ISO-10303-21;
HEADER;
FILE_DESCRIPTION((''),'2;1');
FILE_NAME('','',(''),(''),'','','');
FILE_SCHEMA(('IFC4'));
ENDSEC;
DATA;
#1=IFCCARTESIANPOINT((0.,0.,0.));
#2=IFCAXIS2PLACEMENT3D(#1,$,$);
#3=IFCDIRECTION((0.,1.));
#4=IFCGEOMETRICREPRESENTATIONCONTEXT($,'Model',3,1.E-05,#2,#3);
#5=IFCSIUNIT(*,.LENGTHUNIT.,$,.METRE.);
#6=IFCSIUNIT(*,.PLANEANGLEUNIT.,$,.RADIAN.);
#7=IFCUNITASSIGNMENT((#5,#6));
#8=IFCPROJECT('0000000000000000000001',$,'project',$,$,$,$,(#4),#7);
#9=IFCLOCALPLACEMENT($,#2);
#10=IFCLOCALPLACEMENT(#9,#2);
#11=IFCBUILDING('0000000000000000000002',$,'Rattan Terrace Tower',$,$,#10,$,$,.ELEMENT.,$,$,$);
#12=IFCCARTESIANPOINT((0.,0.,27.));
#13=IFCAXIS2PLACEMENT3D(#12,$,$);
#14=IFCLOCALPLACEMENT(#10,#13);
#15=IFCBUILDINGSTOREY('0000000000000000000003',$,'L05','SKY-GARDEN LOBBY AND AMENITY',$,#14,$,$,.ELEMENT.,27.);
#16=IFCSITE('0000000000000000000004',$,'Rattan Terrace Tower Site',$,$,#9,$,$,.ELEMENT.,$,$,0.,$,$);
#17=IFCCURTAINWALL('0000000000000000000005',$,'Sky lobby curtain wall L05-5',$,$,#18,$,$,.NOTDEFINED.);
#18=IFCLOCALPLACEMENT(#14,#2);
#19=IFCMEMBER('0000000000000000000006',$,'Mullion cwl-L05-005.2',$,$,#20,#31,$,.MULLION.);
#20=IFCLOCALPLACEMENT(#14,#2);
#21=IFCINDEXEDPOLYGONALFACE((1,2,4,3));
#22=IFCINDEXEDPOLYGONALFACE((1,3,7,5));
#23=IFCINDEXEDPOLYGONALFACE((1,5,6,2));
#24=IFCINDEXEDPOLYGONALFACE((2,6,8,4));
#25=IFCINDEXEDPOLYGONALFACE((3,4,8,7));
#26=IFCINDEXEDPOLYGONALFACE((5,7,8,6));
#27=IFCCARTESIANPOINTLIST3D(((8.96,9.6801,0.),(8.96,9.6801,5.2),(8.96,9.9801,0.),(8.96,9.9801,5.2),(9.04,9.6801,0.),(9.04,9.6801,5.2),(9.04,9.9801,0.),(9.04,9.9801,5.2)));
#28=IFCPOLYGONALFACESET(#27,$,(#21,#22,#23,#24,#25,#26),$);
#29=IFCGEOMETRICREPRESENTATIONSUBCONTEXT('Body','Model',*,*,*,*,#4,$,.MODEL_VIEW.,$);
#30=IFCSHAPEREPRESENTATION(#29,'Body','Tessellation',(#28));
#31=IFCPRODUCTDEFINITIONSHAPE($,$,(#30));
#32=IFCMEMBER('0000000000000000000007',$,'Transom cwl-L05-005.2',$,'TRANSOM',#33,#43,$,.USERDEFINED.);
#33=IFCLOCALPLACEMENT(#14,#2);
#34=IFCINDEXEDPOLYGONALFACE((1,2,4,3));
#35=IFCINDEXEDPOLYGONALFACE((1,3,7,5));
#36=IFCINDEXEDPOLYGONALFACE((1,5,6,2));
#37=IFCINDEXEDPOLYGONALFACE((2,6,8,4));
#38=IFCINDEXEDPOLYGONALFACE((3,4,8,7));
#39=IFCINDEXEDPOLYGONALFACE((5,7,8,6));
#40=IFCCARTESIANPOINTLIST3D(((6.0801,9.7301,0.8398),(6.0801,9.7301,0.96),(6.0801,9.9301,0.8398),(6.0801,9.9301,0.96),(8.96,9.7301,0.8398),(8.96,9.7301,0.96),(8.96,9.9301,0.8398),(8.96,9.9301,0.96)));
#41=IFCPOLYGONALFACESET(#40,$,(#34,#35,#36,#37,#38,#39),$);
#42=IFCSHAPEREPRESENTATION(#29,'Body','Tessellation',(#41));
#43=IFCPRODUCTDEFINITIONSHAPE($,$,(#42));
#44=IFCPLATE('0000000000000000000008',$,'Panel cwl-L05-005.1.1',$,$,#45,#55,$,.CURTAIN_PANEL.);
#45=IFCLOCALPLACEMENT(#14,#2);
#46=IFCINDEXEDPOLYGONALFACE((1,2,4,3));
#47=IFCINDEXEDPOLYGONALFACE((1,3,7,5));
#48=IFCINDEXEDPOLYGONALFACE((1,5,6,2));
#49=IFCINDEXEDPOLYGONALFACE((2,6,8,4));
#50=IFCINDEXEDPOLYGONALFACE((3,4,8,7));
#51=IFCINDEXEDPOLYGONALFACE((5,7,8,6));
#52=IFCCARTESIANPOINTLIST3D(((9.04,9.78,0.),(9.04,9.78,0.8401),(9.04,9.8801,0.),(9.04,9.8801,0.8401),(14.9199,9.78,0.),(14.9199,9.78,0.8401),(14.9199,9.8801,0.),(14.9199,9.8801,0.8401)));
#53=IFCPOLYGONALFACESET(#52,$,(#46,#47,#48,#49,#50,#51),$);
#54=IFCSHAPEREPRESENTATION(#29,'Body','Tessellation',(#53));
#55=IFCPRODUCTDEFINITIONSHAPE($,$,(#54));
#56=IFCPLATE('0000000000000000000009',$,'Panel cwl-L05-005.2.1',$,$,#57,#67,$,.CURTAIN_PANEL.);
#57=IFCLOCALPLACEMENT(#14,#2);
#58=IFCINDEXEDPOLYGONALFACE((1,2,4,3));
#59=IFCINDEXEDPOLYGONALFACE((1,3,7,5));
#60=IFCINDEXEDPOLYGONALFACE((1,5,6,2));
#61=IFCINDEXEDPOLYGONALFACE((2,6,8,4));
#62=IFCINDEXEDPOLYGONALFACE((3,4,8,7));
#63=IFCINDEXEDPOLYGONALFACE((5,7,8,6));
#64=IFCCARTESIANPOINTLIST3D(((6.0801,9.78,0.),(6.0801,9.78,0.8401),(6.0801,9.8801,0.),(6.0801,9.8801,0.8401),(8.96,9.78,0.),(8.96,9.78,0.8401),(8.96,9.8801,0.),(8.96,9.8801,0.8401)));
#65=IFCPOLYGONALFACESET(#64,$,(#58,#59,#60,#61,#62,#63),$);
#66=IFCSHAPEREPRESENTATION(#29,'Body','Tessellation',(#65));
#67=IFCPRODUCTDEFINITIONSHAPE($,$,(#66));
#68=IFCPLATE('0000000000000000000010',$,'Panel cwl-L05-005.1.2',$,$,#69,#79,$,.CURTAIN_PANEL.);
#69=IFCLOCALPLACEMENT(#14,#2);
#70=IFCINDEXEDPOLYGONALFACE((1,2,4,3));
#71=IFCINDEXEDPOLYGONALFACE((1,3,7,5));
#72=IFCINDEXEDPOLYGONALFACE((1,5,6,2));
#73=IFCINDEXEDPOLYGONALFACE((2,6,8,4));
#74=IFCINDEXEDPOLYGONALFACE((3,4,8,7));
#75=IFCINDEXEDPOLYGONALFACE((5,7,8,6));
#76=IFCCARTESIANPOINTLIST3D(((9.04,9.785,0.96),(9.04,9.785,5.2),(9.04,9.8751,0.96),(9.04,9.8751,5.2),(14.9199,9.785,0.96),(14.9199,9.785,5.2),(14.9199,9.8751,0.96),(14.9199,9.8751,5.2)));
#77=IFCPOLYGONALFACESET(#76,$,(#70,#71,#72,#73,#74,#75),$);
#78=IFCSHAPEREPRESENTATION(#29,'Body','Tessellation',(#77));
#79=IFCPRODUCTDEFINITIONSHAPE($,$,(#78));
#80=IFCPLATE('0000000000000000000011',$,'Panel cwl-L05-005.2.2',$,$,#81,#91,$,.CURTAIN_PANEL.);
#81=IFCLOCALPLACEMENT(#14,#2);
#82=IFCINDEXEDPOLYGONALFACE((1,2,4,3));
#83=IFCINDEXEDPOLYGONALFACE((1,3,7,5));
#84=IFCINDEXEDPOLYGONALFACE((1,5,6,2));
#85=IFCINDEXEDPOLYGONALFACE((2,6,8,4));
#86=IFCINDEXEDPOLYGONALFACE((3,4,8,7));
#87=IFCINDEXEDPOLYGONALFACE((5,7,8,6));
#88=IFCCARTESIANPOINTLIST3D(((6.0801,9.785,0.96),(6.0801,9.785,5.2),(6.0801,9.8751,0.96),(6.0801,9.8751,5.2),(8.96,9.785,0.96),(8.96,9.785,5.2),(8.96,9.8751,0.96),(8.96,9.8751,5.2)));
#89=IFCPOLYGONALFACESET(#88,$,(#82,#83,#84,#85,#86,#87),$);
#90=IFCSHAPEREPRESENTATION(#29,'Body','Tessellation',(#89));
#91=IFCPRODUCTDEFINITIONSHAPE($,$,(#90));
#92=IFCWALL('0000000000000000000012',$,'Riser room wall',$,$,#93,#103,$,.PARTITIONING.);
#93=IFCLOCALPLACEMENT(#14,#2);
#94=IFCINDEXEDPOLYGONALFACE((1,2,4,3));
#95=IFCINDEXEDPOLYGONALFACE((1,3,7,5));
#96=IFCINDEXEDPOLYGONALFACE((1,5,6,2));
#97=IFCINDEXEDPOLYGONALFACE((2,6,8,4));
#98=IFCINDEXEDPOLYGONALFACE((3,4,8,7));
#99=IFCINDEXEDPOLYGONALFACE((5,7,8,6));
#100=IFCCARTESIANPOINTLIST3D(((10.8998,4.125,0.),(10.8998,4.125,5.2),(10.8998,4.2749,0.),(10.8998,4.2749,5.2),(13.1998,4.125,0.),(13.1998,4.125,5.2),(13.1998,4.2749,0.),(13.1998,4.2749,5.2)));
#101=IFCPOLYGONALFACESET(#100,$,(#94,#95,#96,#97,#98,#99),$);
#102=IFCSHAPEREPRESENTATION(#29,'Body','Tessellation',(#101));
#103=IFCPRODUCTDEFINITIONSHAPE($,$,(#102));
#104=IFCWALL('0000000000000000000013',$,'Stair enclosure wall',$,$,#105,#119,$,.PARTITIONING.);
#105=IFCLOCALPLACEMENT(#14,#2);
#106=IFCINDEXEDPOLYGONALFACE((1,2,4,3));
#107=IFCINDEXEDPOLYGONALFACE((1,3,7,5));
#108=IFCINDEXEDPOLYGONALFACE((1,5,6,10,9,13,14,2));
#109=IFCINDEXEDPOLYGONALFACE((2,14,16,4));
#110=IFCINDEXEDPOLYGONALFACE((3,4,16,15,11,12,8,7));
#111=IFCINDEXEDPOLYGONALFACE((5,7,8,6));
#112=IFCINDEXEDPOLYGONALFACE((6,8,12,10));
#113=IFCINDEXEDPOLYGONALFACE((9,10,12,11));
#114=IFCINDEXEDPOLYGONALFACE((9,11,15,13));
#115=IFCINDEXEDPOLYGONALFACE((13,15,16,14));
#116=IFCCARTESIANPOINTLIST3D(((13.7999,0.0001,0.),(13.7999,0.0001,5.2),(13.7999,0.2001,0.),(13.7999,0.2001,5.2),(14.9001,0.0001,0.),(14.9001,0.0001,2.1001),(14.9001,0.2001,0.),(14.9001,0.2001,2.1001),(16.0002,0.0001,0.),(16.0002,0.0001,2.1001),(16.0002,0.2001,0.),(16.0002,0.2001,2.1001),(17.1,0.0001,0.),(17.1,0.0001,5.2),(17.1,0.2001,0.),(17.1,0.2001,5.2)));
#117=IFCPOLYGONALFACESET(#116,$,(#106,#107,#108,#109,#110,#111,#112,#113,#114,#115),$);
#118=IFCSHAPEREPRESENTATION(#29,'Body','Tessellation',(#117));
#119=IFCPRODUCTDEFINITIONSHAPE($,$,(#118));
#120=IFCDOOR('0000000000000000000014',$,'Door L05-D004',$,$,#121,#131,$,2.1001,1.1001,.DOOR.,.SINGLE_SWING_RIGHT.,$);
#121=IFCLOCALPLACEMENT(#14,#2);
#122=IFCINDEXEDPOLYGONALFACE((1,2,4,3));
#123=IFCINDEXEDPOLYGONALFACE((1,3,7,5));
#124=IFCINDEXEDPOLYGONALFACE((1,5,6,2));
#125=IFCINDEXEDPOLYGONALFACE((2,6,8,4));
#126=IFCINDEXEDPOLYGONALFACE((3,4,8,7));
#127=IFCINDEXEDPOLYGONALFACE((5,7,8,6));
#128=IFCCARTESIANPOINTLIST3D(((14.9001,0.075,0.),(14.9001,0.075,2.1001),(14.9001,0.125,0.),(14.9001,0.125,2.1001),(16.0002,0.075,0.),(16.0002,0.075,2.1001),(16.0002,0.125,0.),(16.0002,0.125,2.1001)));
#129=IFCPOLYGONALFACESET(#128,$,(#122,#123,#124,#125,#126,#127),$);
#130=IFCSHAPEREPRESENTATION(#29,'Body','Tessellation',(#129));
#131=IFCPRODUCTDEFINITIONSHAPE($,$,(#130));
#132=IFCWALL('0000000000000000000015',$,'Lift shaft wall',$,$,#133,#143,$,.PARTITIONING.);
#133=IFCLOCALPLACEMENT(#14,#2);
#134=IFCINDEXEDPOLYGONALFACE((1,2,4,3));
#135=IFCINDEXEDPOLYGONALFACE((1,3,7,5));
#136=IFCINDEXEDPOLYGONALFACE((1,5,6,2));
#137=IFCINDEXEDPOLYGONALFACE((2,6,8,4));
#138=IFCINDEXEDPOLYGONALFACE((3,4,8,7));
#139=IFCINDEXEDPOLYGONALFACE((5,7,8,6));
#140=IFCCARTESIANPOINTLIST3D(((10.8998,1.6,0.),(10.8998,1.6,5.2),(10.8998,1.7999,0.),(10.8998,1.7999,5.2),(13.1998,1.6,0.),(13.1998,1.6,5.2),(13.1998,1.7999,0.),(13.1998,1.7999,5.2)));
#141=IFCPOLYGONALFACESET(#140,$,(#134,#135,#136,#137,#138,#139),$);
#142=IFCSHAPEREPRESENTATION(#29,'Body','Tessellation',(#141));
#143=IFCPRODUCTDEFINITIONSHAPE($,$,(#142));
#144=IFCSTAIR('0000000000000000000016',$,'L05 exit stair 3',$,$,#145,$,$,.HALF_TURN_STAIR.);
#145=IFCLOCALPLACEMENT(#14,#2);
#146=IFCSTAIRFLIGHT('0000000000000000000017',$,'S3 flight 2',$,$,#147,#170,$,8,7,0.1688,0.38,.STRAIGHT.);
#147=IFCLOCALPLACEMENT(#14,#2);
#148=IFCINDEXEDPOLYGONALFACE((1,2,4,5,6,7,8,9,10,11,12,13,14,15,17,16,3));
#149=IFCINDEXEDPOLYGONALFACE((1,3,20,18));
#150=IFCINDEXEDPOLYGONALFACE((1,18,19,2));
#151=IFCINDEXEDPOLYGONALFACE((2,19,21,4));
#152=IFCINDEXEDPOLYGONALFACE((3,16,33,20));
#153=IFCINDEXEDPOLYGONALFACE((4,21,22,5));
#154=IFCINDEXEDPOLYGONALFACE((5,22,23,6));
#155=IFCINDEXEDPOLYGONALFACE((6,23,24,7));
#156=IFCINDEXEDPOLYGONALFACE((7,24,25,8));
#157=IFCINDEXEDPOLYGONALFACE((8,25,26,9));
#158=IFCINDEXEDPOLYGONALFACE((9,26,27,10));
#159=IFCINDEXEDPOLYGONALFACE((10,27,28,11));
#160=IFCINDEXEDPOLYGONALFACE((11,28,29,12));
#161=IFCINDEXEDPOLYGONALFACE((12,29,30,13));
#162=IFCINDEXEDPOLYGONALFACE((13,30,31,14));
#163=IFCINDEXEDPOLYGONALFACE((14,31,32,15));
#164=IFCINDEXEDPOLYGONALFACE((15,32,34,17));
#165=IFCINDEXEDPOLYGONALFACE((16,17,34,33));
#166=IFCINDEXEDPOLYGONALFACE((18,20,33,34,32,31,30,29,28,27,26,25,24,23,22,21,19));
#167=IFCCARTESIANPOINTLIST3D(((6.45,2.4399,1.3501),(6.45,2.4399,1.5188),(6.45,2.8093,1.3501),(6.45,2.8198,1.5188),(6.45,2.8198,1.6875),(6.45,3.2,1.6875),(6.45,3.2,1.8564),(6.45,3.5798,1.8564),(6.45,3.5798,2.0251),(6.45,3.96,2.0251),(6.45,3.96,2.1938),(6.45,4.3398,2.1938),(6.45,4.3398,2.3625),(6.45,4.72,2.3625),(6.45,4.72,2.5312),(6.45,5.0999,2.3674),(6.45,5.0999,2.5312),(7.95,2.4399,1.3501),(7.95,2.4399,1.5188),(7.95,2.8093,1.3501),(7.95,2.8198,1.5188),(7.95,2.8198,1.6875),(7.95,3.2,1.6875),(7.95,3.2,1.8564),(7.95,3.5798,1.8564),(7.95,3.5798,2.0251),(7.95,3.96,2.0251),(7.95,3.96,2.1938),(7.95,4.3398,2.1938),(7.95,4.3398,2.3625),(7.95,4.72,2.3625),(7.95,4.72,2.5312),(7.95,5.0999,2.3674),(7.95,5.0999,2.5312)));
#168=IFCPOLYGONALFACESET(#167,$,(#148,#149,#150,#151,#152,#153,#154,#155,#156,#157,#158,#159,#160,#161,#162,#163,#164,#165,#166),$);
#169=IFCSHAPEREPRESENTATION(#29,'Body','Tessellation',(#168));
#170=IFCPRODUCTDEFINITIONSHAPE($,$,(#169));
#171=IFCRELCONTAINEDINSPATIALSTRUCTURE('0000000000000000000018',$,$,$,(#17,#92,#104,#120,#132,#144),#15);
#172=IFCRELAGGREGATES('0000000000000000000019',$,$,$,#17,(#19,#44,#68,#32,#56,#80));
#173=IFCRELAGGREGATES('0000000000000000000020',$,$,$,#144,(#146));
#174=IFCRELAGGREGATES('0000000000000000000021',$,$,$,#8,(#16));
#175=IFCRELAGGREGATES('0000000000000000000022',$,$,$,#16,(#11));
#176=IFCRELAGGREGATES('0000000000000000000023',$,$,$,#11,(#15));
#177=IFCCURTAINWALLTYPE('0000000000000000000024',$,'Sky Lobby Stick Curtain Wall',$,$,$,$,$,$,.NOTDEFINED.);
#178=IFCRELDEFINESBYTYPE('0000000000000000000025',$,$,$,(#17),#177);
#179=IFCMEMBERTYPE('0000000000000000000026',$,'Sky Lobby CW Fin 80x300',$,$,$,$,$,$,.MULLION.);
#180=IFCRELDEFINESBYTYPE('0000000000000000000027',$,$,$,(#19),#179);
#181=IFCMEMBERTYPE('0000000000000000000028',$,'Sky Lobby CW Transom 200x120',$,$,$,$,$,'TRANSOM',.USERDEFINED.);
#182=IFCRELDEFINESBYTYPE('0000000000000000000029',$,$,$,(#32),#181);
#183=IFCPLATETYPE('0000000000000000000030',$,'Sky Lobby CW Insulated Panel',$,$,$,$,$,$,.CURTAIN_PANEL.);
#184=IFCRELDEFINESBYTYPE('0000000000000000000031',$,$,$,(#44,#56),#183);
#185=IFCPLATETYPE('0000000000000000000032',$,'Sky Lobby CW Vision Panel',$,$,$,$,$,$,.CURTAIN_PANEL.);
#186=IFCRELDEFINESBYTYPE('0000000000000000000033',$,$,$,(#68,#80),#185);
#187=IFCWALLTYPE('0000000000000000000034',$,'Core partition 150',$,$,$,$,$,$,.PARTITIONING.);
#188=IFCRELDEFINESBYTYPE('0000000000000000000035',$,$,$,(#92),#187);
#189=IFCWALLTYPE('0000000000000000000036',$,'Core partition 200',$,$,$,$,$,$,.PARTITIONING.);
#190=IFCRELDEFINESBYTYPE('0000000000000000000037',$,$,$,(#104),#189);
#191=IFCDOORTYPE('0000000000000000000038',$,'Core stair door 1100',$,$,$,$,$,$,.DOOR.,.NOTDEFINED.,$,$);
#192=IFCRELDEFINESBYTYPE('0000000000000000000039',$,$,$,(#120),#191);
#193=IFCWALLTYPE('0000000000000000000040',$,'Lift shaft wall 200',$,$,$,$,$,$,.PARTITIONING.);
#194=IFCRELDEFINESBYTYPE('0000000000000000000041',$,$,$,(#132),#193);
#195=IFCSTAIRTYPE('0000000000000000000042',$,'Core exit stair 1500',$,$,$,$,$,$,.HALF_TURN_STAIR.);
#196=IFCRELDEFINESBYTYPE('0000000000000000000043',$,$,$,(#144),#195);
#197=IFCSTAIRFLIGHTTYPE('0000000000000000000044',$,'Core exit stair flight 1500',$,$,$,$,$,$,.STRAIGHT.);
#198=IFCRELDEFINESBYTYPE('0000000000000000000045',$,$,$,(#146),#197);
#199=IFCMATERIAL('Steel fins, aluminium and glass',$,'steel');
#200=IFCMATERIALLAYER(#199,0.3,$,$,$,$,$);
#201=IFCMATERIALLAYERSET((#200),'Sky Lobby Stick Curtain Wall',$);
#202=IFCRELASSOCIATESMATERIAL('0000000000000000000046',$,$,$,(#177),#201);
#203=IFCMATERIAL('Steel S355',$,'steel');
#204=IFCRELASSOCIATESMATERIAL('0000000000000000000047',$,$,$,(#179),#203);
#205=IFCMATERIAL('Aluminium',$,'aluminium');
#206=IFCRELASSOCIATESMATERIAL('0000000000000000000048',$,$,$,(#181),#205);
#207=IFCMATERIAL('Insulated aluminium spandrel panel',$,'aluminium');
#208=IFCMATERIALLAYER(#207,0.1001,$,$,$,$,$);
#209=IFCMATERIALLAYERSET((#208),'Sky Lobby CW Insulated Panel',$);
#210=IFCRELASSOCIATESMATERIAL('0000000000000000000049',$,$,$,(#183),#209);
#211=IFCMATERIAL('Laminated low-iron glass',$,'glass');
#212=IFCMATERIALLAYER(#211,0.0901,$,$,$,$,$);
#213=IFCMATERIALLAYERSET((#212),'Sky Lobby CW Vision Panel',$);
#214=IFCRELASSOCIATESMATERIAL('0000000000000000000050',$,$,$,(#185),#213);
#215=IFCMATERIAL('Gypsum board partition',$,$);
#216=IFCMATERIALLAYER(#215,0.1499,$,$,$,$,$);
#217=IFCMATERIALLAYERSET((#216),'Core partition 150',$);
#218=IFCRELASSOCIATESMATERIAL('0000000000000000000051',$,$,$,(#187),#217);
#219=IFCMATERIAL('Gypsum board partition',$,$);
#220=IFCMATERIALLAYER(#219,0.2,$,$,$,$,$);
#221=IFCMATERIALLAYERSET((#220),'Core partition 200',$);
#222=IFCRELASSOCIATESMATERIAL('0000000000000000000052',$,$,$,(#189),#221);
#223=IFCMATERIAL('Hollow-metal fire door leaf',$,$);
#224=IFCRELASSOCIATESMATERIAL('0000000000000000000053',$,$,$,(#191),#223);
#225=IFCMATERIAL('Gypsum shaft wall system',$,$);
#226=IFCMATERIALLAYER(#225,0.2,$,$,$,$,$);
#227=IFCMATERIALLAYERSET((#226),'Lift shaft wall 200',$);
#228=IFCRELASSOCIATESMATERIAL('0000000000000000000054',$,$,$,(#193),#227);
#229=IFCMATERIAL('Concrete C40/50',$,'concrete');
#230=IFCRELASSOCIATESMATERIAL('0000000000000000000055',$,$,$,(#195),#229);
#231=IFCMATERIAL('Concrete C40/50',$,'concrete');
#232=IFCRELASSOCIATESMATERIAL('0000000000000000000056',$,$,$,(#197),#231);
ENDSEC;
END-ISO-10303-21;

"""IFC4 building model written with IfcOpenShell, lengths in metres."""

from ifc_helpers import new_model, si_unit, direction, frame, frame_2d, origin, origin_2d, place, context, subcontext, project, spatial, polyline, rectangle, outline, extrude, material, layer, layer_set, material_profile, profile_set, type_object, element, fill, aggregate, save


model = new_model("IFC4")

# Units and contexts
model_context = context("Model", 3, precision=1e-05, world=origin(), true_north=direction((0.0, 1.0)))
body_context = subcontext(model_context, "Body", "Model", "MODEL_VIEW")
ifc_project = project(units=[si_unit("LENGTHUNIT", "METRE"), si_unit("PLANEANGLEUNIT", "RADIAN")], contexts=[model_context])

# Site, building, storey
site_placement = place(None, origin())
site = spatial("IfcSite", under=ifc_project, at=site_placement, Name="Rattan Terrace Tower Site", CompositionType="ELEMENT", RefElevation=0.0)
building_placement = place(site_placement, origin())
building = spatial("IfcBuilding", under=site, at=building_placement, Name="Rattan Terrace Tower", CompositionType="ELEMENT")
storey_placement = place(building_placement, frame((0.0, 0.0, 27.0)))
storey = spatial("IfcBuildingStorey", under=building, at=storey_placement, Name="L05", Description="SKY-GARDEN LOBBY AND AMENITY", CompositionType="ELEMENT", Elevation=27.0)

# Curtain wall, members, plates
ifc_material_1 = material(Name="Steel fins, aluminium and glass", Category="steel")
ifc_layer_1 = layer(ifc_material_1, 0.3)
ifc_layer_set_1 = layer_set([ifc_layer_1], Name="Sky Lobby Stick Curtain Wall")
curtain_wall_type = type_object("IfcCurtainWallType", Name="Sky Lobby Stick Curtain Wall", PredefinedType="NOTDEFINED", material=ifc_layer_set_1)
curtain_wall_placement = place(storey_placement, origin())
curtain_wall = element("IfcCurtainWall", 1, at=curtain_wall_placement, inside=storey, type_object=curtain_wall_type, Name="Sky lobby curtain wall L05-5", PredefinedType="NOTDEFINED")
ifc_material_2 = material(Name="Steel S355", Category="steel")
ifc_material_profile_1 = material_profile(ifc_material_2, rectangle(XDim=0.0801, YDim=0.3, at=origin_2d()), Name="Steel S355 80x300")
ifc_profile_set_1 = profile_set([ifc_material_profile_1], Name="Steel S355")
member_type_1 = type_object("IfcMemberType", Name="Sky Lobby CW Fin 80x300", PredefinedType="MULLION", material=ifc_profile_set_1)
member_1_placement = place(storey_placement, frame((9.0, 9.8301, 0.0), z_axis=(0.0, 0.0, 1.0), x_axis=(-1.0, 0.0, 0.0)))
member_1 = element("IfcMember", 2, at=member_1_placement, type_object=member_type_1, Name="Mullion cwl-L05-005.2", PredefinedType="MULLION", context=body_context, shape_type="SweptSolid", body=[
    extrude(rectangle(XDim=0.0801, YDim=0.3, at=origin_2d()), origin(), (0.0, 0.0, 1.0), 5.2),
])
ifc_material_3 = material(Name="Aluminium", Category="aluminium")
ifc_material_profile_2 = material_profile(ifc_material_3, rectangle(XDim=0.2, YDim=0.1201, at=origin_2d()), Name="Aluminium 200x120")
ifc_profile_set_2 = profile_set([ifc_material_profile_2], Name="Aluminium")
member_type_2 = type_object("IfcMemberType", Name="Sky Lobby CW Transom 200x120", ElementType="TRANSOM", PredefinedType="USERDEFINED", material=ifc_profile_set_2)
member_2_placement = place(storey_placement, frame((8.96, 9.8301, 0.8999), z_axis=(-1.0, 0.0, 0.0), x_axis=(0.0, -1.0, 0.0)))
member_2 = element("IfcMember", 3, at=member_2_placement, type_object=member_type_2, Name="Transom cwl-L05-005.2", ObjectType="TRANSOM", PredefinedType="USERDEFINED", context=body_context, shape_type="SweptSolid", body=[
    extrude(rectangle(XDim=0.2, YDim=0.1201, at=origin_2d()), origin(), (0.0, 0.0, 1.0), 2.8799),
])
ifc_material_4 = material(Name="Insulated aluminium spandrel panel", Category="aluminium")
ifc_layer_2 = layer(ifc_material_4, 0.1001)
ifc_layer_set_2 = layer_set([ifc_layer_2], Name="Sky Lobby CW Insulated Panel")
plate_type_1 = type_object("IfcPlateType", Name="Sky Lobby CW Insulated Panel", PredefinedType="CURTAIN_PANEL", material=ifc_layer_set_2)
plate_1_placement = place(storey_placement, frame((11.98, 9.8301, 0.0), z_axis=(0.0, 0.0, 1.0), x_axis=(-1.0, 0.0, 0.0)))
plate_1 = element("IfcPlate", 4, at=plate_1_placement, type_object=plate_type_1, Name="Panel cwl-L05-005.1.1", PredefinedType="CURTAIN_PANEL", context=body_context, shape_type="SweptSolid", body=[
    extrude(rectangle(XDim=5.8799, YDim=0.1001, at=origin_2d()), origin(), (0.0, 0.0, 1.0), 0.8401),
])
plate_2_placement = place(storey_placement, frame((7.52, 9.8301, 0.0), z_axis=(0.0, 0.0, 1.0), x_axis=(-1.0, 0.0, 0.0)))
plate_2 = element("IfcPlate", 5, at=plate_2_placement, type_object=plate_type_1, Name="Panel cwl-L05-005.2.1", PredefinedType="CURTAIN_PANEL", context=body_context, shape_type="SweptSolid", body=[
    extrude(rectangle(XDim=2.8799, YDim=0.1001, at=origin_2d()), origin(), (0.0, 0.0, 1.0), 0.8401),
])
ifc_material_5 = material(Name="Laminated low-iron glass", Category="glass")
ifc_layer_3 = layer(ifc_material_5, 0.0901)
ifc_layer_set_3 = layer_set([ifc_layer_3], Name="Sky Lobby CW Vision Panel")
plate_type_2 = type_object("IfcPlateType", Name="Sky Lobby CW Vision Panel", PredefinedType="CURTAIN_PANEL", material=ifc_layer_set_3)
plate_3_placement = place(storey_placement, frame((11.98, 9.8301, 0.96), z_axis=(0.0, 0.0, 1.0), x_axis=(-1.0, 0.0, 0.0)))
plate_3 = element("IfcPlate", 6, at=plate_3_placement, type_object=plate_type_2, Name="Panel cwl-L05-005.1.2", PredefinedType="CURTAIN_PANEL", context=body_context, shape_type="SweptSolid", body=[
    extrude(rectangle(XDim=5.8799, YDim=0.0901, at=origin_2d()), origin(), (0.0, 0.0, 1.0), 4.24),
])
plate_4_placement = place(storey_placement, frame((7.52, 9.8301, 0.96), z_axis=(0.0, 0.0, 1.0), x_axis=(-1.0, 0.0, 0.0)))
plate_4 = element("IfcPlate", 7, at=plate_4_placement, type_object=plate_type_2, Name="Panel cwl-L05-005.2.2", PredefinedType="CURTAIN_PANEL", context=body_context, shape_type="SweptSolid", body=[
    extrude(rectangle(XDim=2.8799, YDim=0.0901, at=origin_2d()), origin(), (0.0, 0.0, 1.0), 4.24),
])
aggregate(curtain_wall, [member_1, plate_1, plate_3, member_2, plate_2, plate_4])

# Wall
ifc_material_6 = material(Name="Gypsum board partition")
ifc_layer_4 = layer(ifc_material_6, 0.1499)
ifc_layer_set_4 = layer_set([ifc_layer_4], Name="Core partition 150")
wall_type_1 = type_object("IfcWallType", Name="Core partition 150", PredefinedType="PARTITIONING", material=ifc_layer_set_4)
wall_1_placement = place(storey_placement, frame((10.8999, 4.2, 0.0), z_axis=(0.0, 0.0, 1.0), x_axis=(1.0, 0.0, 0.0)))
element("IfcWall", 8, at=wall_1_placement, inside=storey, type_object=wall_type_1, Name="Riser room wall", PredefinedType="PARTITIONING", context=body_context, shape_type="SweptSolid", body=[
    extrude(rectangle(XDim=2.3, YDim=0.1499, at=frame_2d((1.1499, 0.0))), origin(), (0.0, 0.0, 1.0), 5.2),
])

# Wall, opening, door
ifc_material_7 = material(Name="Gypsum board partition")
ifc_layer_5 = layer(ifc_material_7, 0.2)
ifc_layer_set_5 = layer_set([ifc_layer_5], Name="Core partition 200")
wall_type_2 = type_object("IfcWallType", Name="Core partition 200", PredefinedType="PARTITIONING", material=ifc_layer_set_5)
wall_2_placement = place(storey_placement, frame((13.8, 0.1001, 0.0), z_axis=(0.0, 0.0, 1.0), x_axis=(1.0, 0.0, 0.0)))
wall_2 = element("IfcWall", 9, at=wall_2_placement, inside=storey, type_object=wall_type_2, Name="Stair enclosure wall", PredefinedType="PARTITIONING", context=body_context, shape_type="SweptSolid", body=[
    extrude(rectangle(XDim=3.3, YDim=0.2, at=frame_2d((1.6499, 0.0))), origin(), (0.0, 0.0, 1.0), 5.2),
])
opening_placement = place(wall_2_placement, frame((1.1001, 0.0, 0.0)))
opening = element("IfcOpeningElement", 10, at=opening_placement, cuts=wall_2, PredefinedType="OPENING", context=body_context, shape_type="SweptSolid", body=[
    extrude(rectangle(XDim=1.1001, YDim=2.1001, at=frame_2d((0.55, 1.05))), frame((0.0, 0.1106, 0.0), z_axis=(0.0, -1.0, 0.0), x_axis=(1.0, 0.0, 0.0)), (0.0, 0.0, 1.0), 0.2209),
])
ifc_material_8 = material(Name="Hollow-metal fire door leaf")
door_type = type_object("IfcDoorType", Name="Core stair door 1100", OperationType="NOTDEFINED", PredefinedType="DOOR", material=ifc_material_8)
door_placement = place(opening_placement, origin())
door = element("IfcDoor", 11, at=door_placement, inside=storey, type_object=door_type, Name="Door L05-D004", OperationType="SINGLE_SWING_RIGHT", OverallHeight=2.1001, OverallWidth=1.1001, PredefinedType="DOOR", context=body_context, shape_type="SweptSolid", body=[
    extrude(rectangle(XDim=1.1001, YDim=2.1001, at=frame_2d((0.55, 1.05))), frame((0.0, 0.0249, 0.0), z_axis=(0.0, -1.0, 0.0), x_axis=(1.0, 0.0, 0.0)), (0.0, 0.0, 1.0), 0.05),
])
fill(opening, door)

# Wall
ifc_material_9 = material(Name="Gypsum shaft wall system")
ifc_layer_6 = layer(ifc_material_9, 0.2)
ifc_layer_set_6 = layer_set([ifc_layer_6], Name="Lift shaft wall 200")
wall_type_3 = type_object("IfcWallType", Name="Lift shaft wall 200", PredefinedType="PARTITIONING", material=ifc_layer_set_6)
wall_3_placement = place(storey_placement, frame((10.8999, 1.7, 0.0), z_axis=(0.0, 0.0, 1.0), x_axis=(1.0, 0.0, 0.0)))
element("IfcWall", 12, at=wall_3_placement, inside=storey, type_object=wall_type_3, Name="Lift shaft wall", PredefinedType="PARTITIONING", context=body_context, shape_type="SweptSolid", body=[
    extrude(rectangle(XDim=2.3, YDim=0.2, at=frame_2d((1.1499, 0.0))), origin(), (0.0, 0.0, 1.0), 5.2),
])

# Stair, stair flight
ifc_material_10 = material(Name="Concrete C40/50", Category="concrete")
stair_type = type_object("IfcStairType", Name="Core exit stair 1500", PredefinedType="HALF_TURN_STAIR", material=ifc_material_10)
stair_placement = place(storey_placement, origin())
stair = element("IfcStair", 13, at=stair_placement, inside=storey, type_object=stair_type, Name="L05 exit stair 3", PredefinedType="HALF_TURN_STAIR")
ifc_material_11 = material(Name="Concrete C40/50", Category="concrete")
stair_flight_type = type_object("IfcStairFlightType", Name="Core exit stair flight 1500", PredefinedType="STRAIGHT", material=ifc_material_11)
stair_flight_1_placement = place(storey_placement, frame((7.2, 2.4399, 1.3501), z_axis=(0.0, 0.0, 1.0), x_axis=(0.0, 1.0, 0.0)))
stair_flight_1 = element("IfcStairFlight", 14, at=stair_flight_1_placement, type_object=stair_flight_type, Name="S3 flight 2", NumberOfRisers=8, NumberOfTreads=7, PredefinedType="STRAIGHT", RiserHeight=0.1688, TreadLength=0.38, context=body_context, shape_type="SweptSolid", body=[
    extrude(outline(polyline([(0.0, 0.0), (0.0, 0.1687), (0.3799, 0.1687), (0.3799, 0.3374), (0.76, 0.3374), (0.76, 0.5063), (1.1399, 0.5063), (1.1399, 0.675), (1.52, 0.675), (1.52, 0.8438), (1.8999, 0.8438), (1.8999, 1.0125), (2.28, 1.0125), (2.28, 1.1812), (2.6599, 1.1812), (2.6599, 1.3501), (2.6599, 1.0173), (0.3694, 0.0), (0.0, 0.0)])), frame((0.0, 0.75, 0.0), z_axis=(0.0, -1.0, 0.0), x_axis=(1.0, 0.0, 0.0)), (0.0, 0.0, 1.0), 1.5),
])
aggregate(stair, [stair_flight_1])

save(model, "model.ifc")
